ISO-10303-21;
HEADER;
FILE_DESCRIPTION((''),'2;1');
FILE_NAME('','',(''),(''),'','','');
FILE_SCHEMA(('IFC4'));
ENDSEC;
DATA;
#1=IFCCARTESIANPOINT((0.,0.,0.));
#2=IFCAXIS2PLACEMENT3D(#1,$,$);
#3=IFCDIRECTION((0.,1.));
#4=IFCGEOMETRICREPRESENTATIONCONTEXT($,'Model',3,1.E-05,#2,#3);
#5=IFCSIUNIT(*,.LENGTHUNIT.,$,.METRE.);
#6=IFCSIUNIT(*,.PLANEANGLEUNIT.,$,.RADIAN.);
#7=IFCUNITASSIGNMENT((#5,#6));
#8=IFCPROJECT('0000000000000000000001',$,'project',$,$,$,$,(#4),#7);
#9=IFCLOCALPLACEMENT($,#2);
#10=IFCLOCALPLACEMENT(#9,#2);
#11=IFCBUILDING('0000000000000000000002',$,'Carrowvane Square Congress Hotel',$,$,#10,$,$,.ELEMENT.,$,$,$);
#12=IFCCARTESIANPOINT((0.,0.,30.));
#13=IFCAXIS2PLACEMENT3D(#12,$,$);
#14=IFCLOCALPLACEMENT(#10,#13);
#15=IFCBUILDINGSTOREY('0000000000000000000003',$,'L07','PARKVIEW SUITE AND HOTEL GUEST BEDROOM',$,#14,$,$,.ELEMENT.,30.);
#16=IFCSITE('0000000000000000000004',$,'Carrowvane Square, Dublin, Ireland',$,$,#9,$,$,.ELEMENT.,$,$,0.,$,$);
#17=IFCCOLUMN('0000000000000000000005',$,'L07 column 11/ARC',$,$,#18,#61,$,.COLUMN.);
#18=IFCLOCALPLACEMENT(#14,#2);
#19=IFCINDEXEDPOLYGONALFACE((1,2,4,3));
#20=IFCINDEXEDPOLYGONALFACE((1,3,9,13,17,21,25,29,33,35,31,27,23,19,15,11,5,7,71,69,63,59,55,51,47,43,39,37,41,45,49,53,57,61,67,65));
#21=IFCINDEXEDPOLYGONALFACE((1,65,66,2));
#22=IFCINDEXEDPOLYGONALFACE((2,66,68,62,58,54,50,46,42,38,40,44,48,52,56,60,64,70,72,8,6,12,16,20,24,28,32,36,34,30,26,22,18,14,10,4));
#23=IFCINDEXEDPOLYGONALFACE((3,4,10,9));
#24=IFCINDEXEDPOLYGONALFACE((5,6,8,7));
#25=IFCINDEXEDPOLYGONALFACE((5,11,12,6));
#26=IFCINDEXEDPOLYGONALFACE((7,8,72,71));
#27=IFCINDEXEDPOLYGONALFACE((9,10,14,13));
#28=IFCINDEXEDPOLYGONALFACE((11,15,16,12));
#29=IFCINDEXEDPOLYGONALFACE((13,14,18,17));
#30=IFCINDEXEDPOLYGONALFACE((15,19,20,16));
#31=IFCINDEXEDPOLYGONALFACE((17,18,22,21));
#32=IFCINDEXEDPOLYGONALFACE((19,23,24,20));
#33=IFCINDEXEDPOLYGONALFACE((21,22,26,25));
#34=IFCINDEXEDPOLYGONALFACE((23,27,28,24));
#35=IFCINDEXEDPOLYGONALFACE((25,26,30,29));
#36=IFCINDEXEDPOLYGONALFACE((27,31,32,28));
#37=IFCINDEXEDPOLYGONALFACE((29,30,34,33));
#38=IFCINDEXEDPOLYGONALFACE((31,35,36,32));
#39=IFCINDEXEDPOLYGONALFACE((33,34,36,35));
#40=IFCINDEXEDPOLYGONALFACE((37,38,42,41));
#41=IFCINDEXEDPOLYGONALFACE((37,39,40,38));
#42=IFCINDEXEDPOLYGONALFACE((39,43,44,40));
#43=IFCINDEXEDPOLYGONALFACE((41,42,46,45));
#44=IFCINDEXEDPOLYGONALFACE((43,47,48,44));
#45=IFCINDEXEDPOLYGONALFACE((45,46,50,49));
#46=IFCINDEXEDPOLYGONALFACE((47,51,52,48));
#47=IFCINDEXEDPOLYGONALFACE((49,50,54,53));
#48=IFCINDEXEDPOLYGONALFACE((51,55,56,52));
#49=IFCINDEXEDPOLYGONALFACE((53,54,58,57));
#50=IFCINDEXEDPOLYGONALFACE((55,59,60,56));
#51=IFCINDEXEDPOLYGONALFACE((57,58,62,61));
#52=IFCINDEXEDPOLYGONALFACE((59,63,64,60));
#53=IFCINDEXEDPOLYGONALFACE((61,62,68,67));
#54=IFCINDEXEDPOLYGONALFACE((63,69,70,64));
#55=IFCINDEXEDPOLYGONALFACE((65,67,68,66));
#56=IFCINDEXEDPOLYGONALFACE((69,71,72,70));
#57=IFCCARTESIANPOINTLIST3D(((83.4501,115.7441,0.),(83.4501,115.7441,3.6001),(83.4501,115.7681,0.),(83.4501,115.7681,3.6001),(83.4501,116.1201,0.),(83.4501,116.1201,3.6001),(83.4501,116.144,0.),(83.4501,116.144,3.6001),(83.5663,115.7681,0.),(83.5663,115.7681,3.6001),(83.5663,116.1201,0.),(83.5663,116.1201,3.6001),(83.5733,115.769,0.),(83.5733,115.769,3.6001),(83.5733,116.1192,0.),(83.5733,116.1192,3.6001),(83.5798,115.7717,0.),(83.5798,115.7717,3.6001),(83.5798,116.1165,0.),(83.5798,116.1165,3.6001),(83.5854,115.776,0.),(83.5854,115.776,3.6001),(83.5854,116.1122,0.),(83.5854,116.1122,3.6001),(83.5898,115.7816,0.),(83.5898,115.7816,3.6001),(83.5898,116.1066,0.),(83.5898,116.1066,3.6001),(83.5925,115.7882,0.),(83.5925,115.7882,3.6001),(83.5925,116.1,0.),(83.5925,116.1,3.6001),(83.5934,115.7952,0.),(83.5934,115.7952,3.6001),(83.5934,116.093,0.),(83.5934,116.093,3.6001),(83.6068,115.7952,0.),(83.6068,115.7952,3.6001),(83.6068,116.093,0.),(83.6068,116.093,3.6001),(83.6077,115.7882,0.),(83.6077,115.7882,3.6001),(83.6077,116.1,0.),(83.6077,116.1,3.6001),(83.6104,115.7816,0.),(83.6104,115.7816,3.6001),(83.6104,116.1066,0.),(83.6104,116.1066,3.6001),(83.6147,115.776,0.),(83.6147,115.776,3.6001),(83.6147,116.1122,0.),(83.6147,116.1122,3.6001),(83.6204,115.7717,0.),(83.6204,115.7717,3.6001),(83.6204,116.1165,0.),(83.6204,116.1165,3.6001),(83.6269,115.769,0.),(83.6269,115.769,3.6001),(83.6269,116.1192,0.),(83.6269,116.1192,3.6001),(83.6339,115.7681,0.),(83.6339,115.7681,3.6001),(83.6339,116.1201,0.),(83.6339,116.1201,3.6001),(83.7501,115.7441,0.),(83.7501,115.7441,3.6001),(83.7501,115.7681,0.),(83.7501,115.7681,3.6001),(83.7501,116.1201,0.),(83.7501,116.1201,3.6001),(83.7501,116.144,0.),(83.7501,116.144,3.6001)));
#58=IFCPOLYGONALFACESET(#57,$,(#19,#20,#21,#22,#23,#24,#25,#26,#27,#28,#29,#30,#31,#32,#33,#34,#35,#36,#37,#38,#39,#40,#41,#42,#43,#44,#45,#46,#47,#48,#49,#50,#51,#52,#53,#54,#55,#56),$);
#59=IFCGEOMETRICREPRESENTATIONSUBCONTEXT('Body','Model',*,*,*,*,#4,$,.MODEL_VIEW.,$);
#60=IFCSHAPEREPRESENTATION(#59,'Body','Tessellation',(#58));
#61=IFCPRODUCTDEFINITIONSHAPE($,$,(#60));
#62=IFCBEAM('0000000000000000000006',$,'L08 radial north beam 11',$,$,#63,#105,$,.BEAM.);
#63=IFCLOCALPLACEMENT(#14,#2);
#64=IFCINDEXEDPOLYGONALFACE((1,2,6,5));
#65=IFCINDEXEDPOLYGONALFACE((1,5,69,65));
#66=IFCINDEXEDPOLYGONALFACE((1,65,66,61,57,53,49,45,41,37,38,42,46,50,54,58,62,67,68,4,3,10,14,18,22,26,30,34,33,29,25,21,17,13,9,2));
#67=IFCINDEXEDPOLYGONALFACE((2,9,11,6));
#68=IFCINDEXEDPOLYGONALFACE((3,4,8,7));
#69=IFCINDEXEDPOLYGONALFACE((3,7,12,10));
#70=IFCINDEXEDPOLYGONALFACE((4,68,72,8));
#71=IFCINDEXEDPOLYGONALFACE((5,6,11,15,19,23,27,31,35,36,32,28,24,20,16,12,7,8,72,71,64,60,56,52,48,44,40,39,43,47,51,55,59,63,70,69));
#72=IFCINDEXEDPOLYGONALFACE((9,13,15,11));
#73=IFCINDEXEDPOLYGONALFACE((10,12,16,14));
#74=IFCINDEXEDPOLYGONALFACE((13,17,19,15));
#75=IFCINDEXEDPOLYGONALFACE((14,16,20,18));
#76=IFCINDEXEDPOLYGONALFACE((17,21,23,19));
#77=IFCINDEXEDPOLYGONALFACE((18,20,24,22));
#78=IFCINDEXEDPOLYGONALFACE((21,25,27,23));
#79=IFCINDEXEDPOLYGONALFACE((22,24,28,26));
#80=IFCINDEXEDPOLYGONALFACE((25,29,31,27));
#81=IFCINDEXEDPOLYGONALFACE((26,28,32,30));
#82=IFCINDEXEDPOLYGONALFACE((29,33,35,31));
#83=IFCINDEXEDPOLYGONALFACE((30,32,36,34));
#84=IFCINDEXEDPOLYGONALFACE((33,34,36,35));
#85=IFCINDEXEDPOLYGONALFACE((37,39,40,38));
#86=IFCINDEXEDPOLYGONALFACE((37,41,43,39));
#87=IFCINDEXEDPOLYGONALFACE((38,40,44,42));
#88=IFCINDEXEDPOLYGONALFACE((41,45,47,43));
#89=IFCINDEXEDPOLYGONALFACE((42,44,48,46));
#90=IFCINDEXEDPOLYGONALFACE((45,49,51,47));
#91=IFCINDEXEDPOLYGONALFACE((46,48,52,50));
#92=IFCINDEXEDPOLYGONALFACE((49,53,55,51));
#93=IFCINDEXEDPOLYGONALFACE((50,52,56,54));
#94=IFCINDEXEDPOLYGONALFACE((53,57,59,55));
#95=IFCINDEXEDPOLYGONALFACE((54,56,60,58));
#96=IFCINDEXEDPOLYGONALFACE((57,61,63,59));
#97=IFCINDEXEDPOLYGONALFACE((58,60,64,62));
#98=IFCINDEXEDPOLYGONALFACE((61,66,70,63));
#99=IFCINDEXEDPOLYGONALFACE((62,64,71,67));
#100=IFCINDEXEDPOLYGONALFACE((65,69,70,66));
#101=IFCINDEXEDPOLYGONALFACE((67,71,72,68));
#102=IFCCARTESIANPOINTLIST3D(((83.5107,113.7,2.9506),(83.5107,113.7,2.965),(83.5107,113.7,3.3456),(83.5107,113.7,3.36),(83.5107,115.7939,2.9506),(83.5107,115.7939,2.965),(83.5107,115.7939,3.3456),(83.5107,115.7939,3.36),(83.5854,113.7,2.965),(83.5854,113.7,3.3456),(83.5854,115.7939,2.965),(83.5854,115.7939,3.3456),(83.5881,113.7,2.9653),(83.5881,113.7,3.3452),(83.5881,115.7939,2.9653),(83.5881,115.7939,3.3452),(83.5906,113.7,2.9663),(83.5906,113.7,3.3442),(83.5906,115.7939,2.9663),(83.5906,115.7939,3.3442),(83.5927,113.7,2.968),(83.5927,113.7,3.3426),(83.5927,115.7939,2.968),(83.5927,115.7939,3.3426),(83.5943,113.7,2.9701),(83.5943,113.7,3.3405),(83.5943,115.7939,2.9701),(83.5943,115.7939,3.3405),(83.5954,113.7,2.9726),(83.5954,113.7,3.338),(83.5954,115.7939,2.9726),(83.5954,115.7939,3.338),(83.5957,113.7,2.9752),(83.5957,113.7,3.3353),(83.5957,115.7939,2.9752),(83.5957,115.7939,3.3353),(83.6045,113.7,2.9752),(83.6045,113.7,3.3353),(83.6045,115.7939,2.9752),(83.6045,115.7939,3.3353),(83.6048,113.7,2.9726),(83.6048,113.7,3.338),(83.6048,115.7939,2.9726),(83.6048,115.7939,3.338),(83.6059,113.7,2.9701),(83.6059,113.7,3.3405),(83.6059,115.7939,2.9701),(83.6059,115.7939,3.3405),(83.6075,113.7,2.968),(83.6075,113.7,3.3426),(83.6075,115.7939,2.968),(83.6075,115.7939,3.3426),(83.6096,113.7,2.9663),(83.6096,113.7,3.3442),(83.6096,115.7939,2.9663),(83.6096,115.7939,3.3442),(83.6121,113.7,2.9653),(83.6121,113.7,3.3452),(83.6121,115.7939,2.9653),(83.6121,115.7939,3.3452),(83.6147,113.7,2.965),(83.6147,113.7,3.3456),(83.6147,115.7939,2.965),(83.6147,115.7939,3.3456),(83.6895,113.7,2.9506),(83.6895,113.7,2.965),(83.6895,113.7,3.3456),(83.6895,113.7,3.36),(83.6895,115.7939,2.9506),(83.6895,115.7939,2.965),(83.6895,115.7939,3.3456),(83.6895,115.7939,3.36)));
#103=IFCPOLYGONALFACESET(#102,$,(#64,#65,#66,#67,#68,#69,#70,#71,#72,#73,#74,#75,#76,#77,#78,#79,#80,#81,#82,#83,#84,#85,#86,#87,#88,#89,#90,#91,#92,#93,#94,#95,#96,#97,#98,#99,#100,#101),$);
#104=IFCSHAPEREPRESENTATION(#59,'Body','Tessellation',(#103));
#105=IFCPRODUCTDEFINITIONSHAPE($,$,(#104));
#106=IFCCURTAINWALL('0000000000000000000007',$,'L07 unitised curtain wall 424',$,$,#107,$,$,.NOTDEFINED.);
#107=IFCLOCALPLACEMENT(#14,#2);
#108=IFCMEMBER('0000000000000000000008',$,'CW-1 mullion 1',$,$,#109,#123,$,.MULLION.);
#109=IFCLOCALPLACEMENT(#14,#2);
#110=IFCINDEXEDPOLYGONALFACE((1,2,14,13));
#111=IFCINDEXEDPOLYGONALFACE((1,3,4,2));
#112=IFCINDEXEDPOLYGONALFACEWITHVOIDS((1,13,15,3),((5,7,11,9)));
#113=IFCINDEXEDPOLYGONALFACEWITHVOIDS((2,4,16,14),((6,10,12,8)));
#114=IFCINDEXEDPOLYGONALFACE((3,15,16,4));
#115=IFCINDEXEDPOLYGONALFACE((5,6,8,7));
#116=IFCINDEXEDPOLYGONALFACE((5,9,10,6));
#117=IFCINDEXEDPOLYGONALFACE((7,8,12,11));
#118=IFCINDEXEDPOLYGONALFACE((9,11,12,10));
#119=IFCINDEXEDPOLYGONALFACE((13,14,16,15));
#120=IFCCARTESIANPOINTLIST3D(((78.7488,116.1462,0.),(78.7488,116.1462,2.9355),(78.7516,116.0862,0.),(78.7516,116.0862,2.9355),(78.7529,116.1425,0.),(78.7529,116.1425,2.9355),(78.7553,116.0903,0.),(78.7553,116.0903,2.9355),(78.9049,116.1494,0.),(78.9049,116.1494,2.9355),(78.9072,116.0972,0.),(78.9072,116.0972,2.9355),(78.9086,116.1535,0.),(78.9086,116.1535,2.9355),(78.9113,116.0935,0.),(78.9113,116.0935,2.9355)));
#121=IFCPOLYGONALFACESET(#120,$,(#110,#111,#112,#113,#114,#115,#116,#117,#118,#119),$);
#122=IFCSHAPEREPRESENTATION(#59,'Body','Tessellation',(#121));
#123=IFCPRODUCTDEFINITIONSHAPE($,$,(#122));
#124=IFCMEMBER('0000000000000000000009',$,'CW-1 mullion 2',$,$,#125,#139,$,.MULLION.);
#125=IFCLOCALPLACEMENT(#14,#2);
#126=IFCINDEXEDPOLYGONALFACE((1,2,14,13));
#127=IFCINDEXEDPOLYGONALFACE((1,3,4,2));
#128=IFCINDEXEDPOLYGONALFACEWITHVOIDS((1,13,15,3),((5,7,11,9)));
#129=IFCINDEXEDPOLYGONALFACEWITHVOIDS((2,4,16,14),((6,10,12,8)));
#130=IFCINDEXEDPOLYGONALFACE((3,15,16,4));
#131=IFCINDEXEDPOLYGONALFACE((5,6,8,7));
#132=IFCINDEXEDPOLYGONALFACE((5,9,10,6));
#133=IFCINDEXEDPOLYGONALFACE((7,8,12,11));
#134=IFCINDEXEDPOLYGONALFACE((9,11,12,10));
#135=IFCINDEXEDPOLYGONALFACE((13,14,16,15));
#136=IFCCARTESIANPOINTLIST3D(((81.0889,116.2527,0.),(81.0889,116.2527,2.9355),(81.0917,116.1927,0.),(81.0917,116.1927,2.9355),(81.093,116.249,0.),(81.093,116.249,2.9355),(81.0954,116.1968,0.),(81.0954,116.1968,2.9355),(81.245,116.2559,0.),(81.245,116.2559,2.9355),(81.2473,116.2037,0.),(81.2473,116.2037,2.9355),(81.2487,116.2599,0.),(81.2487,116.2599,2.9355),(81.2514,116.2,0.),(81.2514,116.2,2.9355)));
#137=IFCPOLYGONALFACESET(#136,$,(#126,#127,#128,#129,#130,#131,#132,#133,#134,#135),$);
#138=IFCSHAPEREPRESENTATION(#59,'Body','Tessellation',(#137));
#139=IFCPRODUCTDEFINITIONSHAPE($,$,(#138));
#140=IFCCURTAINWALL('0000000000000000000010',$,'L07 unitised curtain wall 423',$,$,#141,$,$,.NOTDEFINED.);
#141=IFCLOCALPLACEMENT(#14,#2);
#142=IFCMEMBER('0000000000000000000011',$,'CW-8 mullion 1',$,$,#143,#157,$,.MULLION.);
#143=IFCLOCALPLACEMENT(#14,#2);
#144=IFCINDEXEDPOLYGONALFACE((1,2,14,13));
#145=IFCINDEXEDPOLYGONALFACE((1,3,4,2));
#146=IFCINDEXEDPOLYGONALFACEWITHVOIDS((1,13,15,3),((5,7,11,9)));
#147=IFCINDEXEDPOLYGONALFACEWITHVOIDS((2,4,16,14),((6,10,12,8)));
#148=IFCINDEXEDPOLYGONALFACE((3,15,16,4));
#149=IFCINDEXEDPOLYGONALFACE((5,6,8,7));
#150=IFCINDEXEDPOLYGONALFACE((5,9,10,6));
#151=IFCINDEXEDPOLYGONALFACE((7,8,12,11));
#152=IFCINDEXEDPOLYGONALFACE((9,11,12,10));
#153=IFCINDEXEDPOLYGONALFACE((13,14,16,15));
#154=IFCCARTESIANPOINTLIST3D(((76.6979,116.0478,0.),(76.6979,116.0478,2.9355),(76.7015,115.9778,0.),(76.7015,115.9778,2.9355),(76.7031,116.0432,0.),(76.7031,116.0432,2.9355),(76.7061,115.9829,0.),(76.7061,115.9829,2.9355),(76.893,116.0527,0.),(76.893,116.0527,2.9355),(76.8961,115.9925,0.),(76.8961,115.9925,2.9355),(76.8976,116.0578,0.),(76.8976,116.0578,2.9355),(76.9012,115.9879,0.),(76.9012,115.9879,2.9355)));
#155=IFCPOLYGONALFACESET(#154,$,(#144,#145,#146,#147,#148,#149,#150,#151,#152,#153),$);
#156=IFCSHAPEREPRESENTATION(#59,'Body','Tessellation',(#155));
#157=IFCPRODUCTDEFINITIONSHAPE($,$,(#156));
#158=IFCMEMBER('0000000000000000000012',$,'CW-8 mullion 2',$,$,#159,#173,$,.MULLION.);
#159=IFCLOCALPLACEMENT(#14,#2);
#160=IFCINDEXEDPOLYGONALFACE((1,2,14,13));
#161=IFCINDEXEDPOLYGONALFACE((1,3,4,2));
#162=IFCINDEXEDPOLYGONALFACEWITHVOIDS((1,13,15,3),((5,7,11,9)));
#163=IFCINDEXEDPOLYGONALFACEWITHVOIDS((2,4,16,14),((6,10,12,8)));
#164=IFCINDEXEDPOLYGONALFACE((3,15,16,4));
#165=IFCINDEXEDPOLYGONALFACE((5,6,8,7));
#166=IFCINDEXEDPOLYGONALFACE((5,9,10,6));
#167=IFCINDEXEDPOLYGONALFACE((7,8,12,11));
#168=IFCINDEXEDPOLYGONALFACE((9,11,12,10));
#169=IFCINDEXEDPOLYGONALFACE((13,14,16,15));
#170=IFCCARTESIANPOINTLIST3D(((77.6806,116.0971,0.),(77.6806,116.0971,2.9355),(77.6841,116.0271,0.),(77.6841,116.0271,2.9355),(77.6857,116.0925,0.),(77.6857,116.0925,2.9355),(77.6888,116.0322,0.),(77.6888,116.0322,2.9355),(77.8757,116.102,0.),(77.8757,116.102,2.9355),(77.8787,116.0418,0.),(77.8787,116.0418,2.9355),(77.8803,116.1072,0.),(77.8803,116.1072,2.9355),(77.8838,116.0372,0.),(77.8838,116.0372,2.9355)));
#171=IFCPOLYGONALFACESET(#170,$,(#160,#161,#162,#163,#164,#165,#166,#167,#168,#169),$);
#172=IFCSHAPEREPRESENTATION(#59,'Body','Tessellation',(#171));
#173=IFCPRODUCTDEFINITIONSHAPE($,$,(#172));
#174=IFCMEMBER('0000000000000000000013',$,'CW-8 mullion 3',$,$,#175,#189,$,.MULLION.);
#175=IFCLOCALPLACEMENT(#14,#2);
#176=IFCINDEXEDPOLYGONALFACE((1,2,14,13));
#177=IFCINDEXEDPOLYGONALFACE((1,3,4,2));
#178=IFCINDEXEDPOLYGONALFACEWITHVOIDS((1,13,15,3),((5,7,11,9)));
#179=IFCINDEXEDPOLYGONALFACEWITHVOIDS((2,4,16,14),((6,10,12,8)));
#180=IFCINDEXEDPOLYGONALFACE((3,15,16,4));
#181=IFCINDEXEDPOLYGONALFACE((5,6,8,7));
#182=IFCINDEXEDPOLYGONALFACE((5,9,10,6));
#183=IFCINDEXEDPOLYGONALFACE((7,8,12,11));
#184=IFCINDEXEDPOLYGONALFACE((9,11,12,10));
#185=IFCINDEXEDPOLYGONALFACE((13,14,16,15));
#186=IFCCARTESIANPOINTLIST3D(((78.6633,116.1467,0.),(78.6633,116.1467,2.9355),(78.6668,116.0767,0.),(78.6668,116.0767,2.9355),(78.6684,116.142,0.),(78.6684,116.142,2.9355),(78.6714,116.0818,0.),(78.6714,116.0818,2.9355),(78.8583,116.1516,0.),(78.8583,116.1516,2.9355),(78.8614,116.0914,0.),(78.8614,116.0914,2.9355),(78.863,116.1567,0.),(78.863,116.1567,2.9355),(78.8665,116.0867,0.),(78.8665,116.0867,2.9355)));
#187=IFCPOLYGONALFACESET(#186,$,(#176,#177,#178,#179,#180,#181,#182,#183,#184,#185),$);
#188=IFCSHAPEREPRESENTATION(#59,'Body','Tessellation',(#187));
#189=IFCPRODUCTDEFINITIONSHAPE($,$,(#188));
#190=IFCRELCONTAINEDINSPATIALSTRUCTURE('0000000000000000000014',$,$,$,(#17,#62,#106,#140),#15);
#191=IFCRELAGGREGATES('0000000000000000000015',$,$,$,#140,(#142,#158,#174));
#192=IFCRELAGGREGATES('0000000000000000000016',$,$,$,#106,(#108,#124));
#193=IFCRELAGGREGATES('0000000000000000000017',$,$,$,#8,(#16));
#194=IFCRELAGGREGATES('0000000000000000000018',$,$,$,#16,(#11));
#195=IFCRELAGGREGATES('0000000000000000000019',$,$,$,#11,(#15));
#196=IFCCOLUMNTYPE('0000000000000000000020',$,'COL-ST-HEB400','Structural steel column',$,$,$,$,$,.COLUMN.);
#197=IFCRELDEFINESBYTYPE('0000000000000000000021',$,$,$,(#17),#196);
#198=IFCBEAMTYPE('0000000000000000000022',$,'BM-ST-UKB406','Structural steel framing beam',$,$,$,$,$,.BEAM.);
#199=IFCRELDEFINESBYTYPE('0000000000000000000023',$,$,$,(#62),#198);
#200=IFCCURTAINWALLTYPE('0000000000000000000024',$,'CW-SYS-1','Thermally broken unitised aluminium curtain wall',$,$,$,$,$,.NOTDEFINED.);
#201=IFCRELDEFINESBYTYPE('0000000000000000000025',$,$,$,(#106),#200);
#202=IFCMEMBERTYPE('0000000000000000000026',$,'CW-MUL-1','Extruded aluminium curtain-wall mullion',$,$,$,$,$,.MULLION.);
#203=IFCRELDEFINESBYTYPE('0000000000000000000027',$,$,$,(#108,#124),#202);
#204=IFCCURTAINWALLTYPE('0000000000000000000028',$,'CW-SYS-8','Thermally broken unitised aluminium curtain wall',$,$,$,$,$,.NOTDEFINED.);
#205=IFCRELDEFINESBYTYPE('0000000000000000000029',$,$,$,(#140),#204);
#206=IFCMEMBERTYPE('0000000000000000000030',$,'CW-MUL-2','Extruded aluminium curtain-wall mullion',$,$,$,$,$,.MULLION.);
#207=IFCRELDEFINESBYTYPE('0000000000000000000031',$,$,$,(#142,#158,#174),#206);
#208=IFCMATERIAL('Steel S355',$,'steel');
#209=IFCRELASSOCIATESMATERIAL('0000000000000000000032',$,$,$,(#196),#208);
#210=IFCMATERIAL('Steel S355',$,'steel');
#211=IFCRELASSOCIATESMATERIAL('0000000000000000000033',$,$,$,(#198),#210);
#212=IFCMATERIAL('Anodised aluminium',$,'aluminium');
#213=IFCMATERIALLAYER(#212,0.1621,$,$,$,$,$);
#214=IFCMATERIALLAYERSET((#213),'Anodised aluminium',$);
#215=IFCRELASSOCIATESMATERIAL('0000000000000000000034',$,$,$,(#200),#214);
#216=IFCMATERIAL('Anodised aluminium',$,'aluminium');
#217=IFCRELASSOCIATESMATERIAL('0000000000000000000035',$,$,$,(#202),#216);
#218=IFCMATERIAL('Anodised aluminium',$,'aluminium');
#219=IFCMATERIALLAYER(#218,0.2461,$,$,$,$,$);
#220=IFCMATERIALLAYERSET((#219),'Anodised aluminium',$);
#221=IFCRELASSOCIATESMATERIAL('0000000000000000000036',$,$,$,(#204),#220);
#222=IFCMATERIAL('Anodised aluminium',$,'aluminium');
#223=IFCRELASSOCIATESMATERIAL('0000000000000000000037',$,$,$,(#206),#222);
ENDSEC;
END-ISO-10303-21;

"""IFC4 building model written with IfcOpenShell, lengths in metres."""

from ifc_helpers import new_model, si_unit, direction, frame, origin, origin_2d, place, context, subcontext, project, spatial, hollow_rectangle, i_section, extrude, material, layer, layer_set, material_profile, profile_set, type_object, element, aggregate, save


model = new_model("IFC4")

# Units and contexts
model_context = context("Model", 3, precision=1e-05, world=origin(), true_north=direction((0.0, 1.0)))
body_context = subcontext(model_context, "Body", "Model", "MODEL_VIEW")
ifc_project = project(units=[si_unit("LENGTHUNIT", "METRE"), si_unit("PLANEANGLEUNIT", "RADIAN")], contexts=[model_context])

# Site, building, storey
site_placement = place(None, origin())
site = spatial("IfcSite", under=ifc_project, at=site_placement, Name="Carrowvane Square, Dublin, Ireland", CompositionType="ELEMENT", RefElevation=0.0)
building_placement = place(site_placement, origin())
building = spatial("IfcBuilding", under=site, at=building_placement, Name="Carrowvane Square Congress Hotel", CompositionType="ELEMENT")
storey_placement = place(building_placement, frame((0.0, 0.0, 30.0)))
storey = spatial("IfcBuildingStorey", under=building, at=storey_placement, Name="L07", Description="PARKVIEW SUITE AND HOTEL GUEST BEDROOM", CompositionType="ELEMENT", Elevation=30.0)

# Column
ifc_material_1 = material(Name="Steel S355", Category="steel")
ifc_material_profile_1 = material_profile(ifc_material_1, i_section(OverallWidth=0.3, OverallDepth=0.3999, WebThickness=0.0134, FlangeThickness=0.0239, FilletRadius=0.0271, at=origin_2d()), Name="HEB 400")
ifc_profile_set_1 = profile_set([ifc_material_profile_1], Name="Steel S355")
column_type = type_object("IfcColumnType", Name="COL-ST-HEB400", Description="Structural steel column", PredefinedType="COLUMN", material=ifc_profile_set_1)
column_placement = place(storey_placement, frame((83.6001, 115.9441, 0.0), z_axis=(0.0, 0.0, 1.0), x_axis=(1.0, 0.0, 0.0)))
element("IfcColumn", 1, at=column_placement, inside=storey, type_object=column_type, Name="L07 column 11/ARC", PredefinedType="COLUMN", context=body_context, shape_type="SweptSolid", body=[
    extrude(i_section(OverallWidth=0.3, OverallDepth=0.3999, WebThickness=0.0134, FlangeThickness=0.0239, FilletRadius=0.0271, at=origin_2d()), origin(), (0.0, 0.0, 1.0), 3.6001),
])

# Beam
ifc_material_2 = material(Name="Steel S355", Category="steel")
ifc_material_profile_2 = material_profile(ifc_material_2, i_section(OverallWidth=0.1787, OverallDepth=0.4094, WebThickness=0.0088, FlangeThickness=0.0144, FilletRadius=0.0103, at=origin_2d()), Name="UKB 406x178x67")
ifc_profile_set_2 = profile_set([ifc_material_profile_2], Name="Steel S355")
beam_type = type_object("IfcBeamType", Name="BM-ST-UKB406", Description="Structural steel framing beam", PredefinedType="BEAM", material=ifc_profile_set_2)
beam_placement = place(storey_placement, frame((83.6001, 113.7, 3.1553), z_axis=(0.0, 1.0, 0.0), x_axis=(-1.0, 0.0, 0.0)))
element("IfcBeam", 2, at=beam_placement, inside=storey, type_object=beam_type, Name="L08 radial north beam 11", PredefinedType="BEAM", context=body_context, shape_type="SweptSolid", body=[
    extrude(i_section(OverallWidth=0.1787, OverallDepth=0.4094, WebThickness=0.0088, FlangeThickness=0.0144, FilletRadius=0.0103, at=origin_2d()), origin(), (0.0, 0.0, 1.0), 2.094),
])

# Curtain walls, members
ifc_material_3 = material(Name="Anodised aluminium", Category="aluminium")
ifc_layer_1 = layer(ifc_material_3, 0.1621)
ifc_layer_set_1 = layer_set([ifc_layer_1], Name="Anodised aluminium")
curtain_wall_type_1 = type_object("IfcCurtainWallType", Name="CW-SYS-1", Description="Thermally broken unitised aluminium curtain wall", PredefinedType="NOTDEFINED", material=ifc_layer_set_1)
curtain_wall_1_placement = place(storey_placement, origin())
curtain_wall_1 = element("IfcCurtainWall", 3, at=curtain_wall_1_placement, inside=storey, type_object=curtain_wall_type_1, Name="L07 unitised curtain wall 424", PredefinedType="NOTDEFINED")
ifc_material_4 = material(Name="Anodised aluminium", Category="aluminium")
ifc_material_profile_3 = material_profile(ifc_material_4, hollow_rectangle(XDim=0.0601, YDim=0.1599, WallThickness=0.0039, at=origin_2d()), Name="CW-ML 60x160x4")
ifc_profile_set_3 = profile_set([ifc_material_profile_3], Name="Anodised aluminium")
member_type_1 = type_object("IfcMemberType", Name="CW-MUL-1", Description="Extruded aluminium curtain-wall mullion", PredefinedType="MULLION", material=ifc_profile_set_3)
member_1_placement = place(storey_placement, frame((78.8301, 116.1199, 0.0), z_axis=(0.0, 0.0, 1.0), x_axis=(-0.045411, 0.998968, 0.0)))
member_1 = element("IfcMember", 4, at=member_1_placement, type_object=member_type_1, Name="CW-1 mullion 1", PredefinedType="MULLION", context=body_context, shape_type="SweptSolid", body=[
    extrude(hollow_rectangle(XDim=0.0601, YDim=0.1599, WallThickness=0.0039, at=origin_2d()), origin(), (0.0, 0.0, 1.0), 2.9355),
])
member_2_placement = place(storey_placement, frame((81.1702, 116.2263, 0.0), z_axis=(0.0, 0.0, 1.0), x_axis=(-0.045411, 0.998968, 0.0)))
member_2 = element("IfcMember", 5, at=member_2_placement, type_object=member_type_1, Name="CW-1 mullion 2", PredefinedType="MULLION", context=body_context, shape_type="SweptSolid", body=[
    extrude(hollow_rectangle(XDim=0.0601, YDim=0.1599, WallThickness=0.0039, at=origin_2d()), origin(), (0.0, 0.0, 1.0), 2.9355),
])
ifc_material_5 = material(Name="Anodised aluminium", Category="aluminium")
ifc_layer_2 = layer(ifc_material_5, 0.2461)
ifc_layer_set_2 = layer_set([ifc_layer_2], Name="Anodised aluminium")
curtain_wall_type_2 = type_object("IfcCurtainWallType", Name="CW-SYS-8", Description="Thermally broken unitised aluminium curtain wall", PredefinedType="NOTDEFINED", material=ifc_layer_set_2)
curtain_wall_2_placement = place(storey_placement, origin())
curtain_wall_2 = element("IfcCurtainWall", 6, at=curtain_wall_2_placement, inside=storey, type_object=curtain_wall_type_2, Name="L07 unitised curtain wall 423", PredefinedType="NOTDEFINED")
ifc_material_6 = material(Name="Anodised aluminium", Category="aluminium")
ifc_material_profile_4 = material_profile(ifc_material_6, hollow_rectangle(XDim=0.0701, YDim=0.2, WallThickness=0.0049, at=origin_2d()), Name="CW-ML 70x200x5")
ifc_profile_set_4 = profile_set([ifc_material_profile_4], Name="Anodised aluminium")
member_type_2 = type_object("IfcMemberType", Name="CW-MUL-2", Description="Extruded aluminium curtain-wall mullion", PredefinedType="MULLION", material=ifc_profile_set_4)
member_3_placement = place(storey_placement, frame((76.7996, 116.0178, 0.0), z_axis=(0.0, 0.0, 1.0), x_axis=(-0.050324, 0.998733, 0.0)))
member_3 = element("IfcMember", 7, at=member_3_placement, type_object=member_type_2, Name="CW-8 mullion 1", PredefinedType="MULLION", context=body_context, shape_type="SweptSolid", body=[
    extrude(hollow_rectangle(XDim=0.0701, YDim=0.2, WallThickness=0.0049, at=origin_2d()), origin(), (0.0, 0.0, 1.0), 2.9355),
])
member_4_placement = place(storey_placement, frame((77.7822, 116.0671, 0.0), z_axis=(0.0, 0.0, 1.0), x_axis=(-0.050324, 0.998733, 0.0)))
member_4 = element("IfcMember", 8, at=member_4_placement, type_object=member_type_2, Name="CW-8 mullion 2", PredefinedType="MULLION", context=body_context, shape_type="SweptSolid", body=[
    extrude(hollow_rectangle(XDim=0.0701, YDim=0.2, WallThickness=0.0049, at=origin_2d()), origin(), (0.0, 0.0, 1.0), 2.9355),
])
member_5_placement = place(storey_placement, frame((78.7649, 116.1167, 0.0), z_axis=(0.0, 0.0, 1.0), x_axis=(-0.050324, 0.998733, 0.0)))
member_5 = element("IfcMember", 9, at=member_5_placement, type_object=member_type_2, Name="CW-8 mullion 3", PredefinedType="MULLION", context=body_context, shape_type="SweptSolid", body=[
    extrude(hollow_rectangle(XDim=0.0701, YDim=0.2, WallThickness=0.0049, at=origin_2d()), origin(), (0.0, 0.0, 1.0), 2.9355),
])

aggregate(curtain_wall_2, [member_3, member_4, member_5])
aggregate(curtain_wall_1, [member_1, member_2])

save(model, "model.ifc")
